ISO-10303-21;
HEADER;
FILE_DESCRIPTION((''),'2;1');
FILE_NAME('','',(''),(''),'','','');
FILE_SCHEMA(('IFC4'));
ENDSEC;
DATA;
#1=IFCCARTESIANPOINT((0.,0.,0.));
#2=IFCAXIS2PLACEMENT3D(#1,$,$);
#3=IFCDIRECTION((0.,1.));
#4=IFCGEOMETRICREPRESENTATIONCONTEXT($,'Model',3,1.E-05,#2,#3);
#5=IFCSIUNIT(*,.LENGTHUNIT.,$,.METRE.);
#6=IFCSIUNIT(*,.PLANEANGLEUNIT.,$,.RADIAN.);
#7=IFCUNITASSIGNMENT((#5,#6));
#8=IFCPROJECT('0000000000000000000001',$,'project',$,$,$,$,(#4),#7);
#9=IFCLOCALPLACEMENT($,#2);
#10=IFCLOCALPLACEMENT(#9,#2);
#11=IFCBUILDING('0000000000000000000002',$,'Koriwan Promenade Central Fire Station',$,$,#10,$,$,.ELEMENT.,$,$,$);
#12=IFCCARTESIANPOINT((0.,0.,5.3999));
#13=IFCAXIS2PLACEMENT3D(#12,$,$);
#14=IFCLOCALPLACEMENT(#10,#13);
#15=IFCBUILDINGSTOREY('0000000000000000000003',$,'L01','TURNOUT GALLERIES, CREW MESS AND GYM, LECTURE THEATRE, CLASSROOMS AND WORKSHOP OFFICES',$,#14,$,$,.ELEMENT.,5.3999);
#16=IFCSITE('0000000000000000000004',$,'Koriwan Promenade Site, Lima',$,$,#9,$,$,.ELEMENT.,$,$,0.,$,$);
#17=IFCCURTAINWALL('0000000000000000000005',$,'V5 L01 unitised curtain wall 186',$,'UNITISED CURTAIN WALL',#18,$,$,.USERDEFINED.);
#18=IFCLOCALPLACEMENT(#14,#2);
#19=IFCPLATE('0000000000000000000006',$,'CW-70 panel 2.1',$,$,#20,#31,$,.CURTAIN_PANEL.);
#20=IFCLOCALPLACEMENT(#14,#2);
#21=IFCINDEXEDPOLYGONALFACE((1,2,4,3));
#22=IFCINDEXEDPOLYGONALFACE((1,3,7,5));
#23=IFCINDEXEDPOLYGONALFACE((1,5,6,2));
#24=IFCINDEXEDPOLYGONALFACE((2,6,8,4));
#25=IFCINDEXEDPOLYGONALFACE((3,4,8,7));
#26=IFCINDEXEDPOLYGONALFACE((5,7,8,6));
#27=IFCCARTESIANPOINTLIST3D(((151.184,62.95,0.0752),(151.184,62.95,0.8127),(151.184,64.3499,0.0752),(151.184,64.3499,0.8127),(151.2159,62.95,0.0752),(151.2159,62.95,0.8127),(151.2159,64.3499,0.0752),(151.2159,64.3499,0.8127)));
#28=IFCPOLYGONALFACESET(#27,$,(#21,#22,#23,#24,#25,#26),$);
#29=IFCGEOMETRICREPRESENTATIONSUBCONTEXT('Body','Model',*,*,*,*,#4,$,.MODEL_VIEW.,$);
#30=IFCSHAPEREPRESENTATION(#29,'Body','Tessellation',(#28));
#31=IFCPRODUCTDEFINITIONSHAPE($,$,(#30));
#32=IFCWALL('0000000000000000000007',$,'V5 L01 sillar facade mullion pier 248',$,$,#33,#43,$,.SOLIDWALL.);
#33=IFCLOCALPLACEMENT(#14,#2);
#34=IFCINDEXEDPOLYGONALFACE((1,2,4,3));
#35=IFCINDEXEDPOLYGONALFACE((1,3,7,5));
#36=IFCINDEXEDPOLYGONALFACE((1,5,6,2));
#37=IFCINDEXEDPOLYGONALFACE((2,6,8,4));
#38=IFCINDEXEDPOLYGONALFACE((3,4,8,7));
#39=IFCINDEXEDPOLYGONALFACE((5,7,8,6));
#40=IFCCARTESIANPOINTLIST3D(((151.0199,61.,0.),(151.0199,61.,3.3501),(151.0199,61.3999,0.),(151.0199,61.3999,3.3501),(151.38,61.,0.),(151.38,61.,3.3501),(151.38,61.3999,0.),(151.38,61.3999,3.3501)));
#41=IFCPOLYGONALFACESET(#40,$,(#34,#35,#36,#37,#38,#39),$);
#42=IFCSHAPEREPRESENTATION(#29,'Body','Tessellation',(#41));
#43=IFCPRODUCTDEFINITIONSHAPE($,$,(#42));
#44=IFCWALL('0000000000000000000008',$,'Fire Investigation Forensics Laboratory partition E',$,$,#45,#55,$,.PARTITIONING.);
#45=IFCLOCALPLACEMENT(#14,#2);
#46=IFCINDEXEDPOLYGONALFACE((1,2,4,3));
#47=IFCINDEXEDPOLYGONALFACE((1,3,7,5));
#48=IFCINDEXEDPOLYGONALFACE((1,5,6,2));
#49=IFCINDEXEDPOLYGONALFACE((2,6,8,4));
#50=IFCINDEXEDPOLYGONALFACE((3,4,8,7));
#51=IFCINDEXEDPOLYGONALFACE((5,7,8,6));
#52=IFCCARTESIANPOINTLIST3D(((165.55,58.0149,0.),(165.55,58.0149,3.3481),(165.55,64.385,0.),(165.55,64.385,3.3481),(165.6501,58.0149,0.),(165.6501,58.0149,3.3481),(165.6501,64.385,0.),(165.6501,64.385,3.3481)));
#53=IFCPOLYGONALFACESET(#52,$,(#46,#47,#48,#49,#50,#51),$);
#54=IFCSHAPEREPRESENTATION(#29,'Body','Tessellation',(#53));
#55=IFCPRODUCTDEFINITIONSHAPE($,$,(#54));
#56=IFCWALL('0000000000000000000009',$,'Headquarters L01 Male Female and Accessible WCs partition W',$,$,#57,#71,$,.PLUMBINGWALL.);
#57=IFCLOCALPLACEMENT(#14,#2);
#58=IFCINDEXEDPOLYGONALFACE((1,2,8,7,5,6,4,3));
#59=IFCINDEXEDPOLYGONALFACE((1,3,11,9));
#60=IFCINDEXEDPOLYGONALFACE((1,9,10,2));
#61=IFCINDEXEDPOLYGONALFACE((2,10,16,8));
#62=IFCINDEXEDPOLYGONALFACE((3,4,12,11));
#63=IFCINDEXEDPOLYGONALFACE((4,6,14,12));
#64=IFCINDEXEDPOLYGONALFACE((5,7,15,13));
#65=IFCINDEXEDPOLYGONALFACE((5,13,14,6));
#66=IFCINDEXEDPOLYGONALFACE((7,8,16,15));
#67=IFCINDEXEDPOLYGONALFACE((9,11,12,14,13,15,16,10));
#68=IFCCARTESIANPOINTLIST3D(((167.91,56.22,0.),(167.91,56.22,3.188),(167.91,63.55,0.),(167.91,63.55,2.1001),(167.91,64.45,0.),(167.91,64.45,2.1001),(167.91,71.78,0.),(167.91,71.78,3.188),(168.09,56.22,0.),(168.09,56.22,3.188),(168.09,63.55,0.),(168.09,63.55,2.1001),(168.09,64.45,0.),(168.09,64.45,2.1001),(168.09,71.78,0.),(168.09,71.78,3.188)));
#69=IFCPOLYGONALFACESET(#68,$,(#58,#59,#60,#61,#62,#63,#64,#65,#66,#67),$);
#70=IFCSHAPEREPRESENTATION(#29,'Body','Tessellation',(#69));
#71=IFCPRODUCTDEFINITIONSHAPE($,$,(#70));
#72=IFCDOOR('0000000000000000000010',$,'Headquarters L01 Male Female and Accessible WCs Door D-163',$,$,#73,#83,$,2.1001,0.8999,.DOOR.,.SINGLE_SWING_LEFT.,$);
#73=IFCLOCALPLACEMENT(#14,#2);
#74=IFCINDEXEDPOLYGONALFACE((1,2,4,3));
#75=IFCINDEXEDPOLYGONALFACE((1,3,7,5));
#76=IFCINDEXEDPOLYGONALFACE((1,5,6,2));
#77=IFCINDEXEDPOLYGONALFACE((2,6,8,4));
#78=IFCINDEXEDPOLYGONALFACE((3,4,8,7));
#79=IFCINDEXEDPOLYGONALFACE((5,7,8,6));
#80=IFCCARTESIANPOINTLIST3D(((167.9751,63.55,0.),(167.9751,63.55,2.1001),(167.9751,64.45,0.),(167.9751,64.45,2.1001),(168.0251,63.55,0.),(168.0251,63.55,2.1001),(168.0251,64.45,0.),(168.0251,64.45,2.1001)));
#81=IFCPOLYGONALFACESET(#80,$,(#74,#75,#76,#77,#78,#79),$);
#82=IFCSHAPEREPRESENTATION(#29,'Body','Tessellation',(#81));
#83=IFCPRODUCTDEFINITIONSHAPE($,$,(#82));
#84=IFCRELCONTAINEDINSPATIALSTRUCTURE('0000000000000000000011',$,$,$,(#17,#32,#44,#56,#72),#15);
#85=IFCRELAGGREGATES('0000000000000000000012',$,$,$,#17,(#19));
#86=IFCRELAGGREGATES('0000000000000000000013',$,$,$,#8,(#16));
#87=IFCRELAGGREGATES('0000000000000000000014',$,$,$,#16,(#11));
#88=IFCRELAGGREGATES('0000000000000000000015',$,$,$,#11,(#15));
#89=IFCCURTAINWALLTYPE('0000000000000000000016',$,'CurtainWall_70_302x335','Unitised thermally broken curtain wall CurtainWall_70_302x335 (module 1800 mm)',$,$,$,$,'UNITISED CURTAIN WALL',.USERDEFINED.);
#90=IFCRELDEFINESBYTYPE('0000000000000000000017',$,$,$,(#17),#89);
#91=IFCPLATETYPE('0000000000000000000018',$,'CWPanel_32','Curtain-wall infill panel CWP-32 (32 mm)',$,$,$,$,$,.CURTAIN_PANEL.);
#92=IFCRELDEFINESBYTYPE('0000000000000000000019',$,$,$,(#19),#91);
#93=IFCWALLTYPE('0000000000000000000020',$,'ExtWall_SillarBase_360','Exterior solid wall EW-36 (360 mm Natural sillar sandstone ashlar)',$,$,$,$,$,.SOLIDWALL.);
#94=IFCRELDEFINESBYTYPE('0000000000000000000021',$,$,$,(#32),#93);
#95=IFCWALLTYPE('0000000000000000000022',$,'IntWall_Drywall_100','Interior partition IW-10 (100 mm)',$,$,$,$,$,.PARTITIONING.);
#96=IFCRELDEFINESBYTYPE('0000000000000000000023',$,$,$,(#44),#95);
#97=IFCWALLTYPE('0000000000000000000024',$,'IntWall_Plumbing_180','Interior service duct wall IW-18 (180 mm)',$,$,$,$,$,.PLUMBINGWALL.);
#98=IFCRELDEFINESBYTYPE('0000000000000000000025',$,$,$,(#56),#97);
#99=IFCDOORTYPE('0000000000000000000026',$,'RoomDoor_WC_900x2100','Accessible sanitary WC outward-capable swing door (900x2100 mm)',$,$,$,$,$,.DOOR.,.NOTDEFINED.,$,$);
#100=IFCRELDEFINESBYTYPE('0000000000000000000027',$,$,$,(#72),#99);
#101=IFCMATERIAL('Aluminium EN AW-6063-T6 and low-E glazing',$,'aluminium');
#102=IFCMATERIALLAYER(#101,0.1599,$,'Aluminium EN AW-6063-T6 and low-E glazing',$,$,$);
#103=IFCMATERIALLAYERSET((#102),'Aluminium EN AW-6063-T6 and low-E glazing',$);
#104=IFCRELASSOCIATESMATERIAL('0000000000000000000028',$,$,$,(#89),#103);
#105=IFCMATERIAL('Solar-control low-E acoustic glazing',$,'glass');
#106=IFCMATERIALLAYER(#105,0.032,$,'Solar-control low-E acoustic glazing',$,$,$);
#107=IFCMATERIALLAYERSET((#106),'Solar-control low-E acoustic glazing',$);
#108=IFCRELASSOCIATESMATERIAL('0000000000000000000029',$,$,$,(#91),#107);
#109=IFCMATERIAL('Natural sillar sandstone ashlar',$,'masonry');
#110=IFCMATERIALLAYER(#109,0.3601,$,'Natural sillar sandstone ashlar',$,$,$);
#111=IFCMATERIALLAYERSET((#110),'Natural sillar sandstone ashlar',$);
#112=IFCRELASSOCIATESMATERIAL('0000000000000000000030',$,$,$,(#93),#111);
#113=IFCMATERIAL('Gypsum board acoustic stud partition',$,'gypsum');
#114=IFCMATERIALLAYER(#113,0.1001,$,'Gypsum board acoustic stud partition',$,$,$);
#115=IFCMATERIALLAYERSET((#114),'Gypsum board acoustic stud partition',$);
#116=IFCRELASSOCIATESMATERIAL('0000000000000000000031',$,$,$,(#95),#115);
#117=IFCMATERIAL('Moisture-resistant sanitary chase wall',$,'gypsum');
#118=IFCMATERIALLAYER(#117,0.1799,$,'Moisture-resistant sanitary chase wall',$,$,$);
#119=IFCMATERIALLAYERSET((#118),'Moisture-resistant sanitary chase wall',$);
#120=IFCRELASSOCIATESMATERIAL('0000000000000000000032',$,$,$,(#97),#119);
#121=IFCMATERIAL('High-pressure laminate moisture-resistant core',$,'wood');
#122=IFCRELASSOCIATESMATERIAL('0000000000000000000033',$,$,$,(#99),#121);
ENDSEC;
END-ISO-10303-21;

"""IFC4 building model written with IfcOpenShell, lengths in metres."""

from ifc_helpers import new_model, si_unit, direction, frame, frame_2d, origin, origin_2d, place, context, subcontext, project, spatial, rectangle, extrude, material, layer, layer_set, type_object, element, fill, aggregate, save


model = new_model("IFC4")

# Units and contexts
model_context = context("Model", 3, precision=1e-05, world=origin(), true_north=direction((0.0, 1.0)))
body_context = subcontext(model_context, "Body", "Model", "MODEL_VIEW")
ifc_project = project(units=[si_unit("LENGTHUNIT", "METRE"), si_unit("PLANEANGLEUNIT", "RADIAN")], contexts=[model_context])

# Site, building, storey
site_placement = place(None, origin())
site = spatial("IfcSite", under=ifc_project, at=site_placement, Name="Koriwan Promenade Site, Lima", CompositionType="ELEMENT", RefElevation=0.0)
building_placement = place(site_placement, origin())
building = spatial("IfcBuilding", under=site, at=building_placement, Name="Koriwan Promenade Central Fire Station", CompositionType="ELEMENT")
storey_placement = place(building_placement, frame((0.0, 0.0, 5.3999)))
storey = spatial("IfcBuildingStorey", under=building, at=storey_placement, Name="L01", Description="TURNOUT GALLERIES, CREW MESS AND GYM, LECTURE THEATRE, CLASSROOMS AND WORKSHOP OFFICES", CompositionType="ELEMENT", Elevation=5.3999)

# Shared definitions
ifc_material_1 = material(Name="Aluminium EN AW-6063-T6 and low-E glazing", Category="aluminium")

# Curtain wall
ifc_layer_1 = layer(ifc_material_1, 0.1599, Name="Aluminium EN AW-6063-T6 and low-E glazing")
ifc_layer_set_1 = layer_set([ifc_layer_1], Name="Aluminium EN AW-6063-T6 and low-E glazing")
curtain_wall_type_1 = type_object("IfcCurtainWallType", Name="CurtainWall_70_302x335", Description="Unitised thermally broken curtain wall CurtainWall_70_302x335 (module 1800 mm)", ElementType="UNITISED CURTAIN WALL", PredefinedType="USERDEFINED", material=ifc_layer_set_1)
curtain_wall_1_placement = place(storey_placement, origin())
curtain_wall_1 = element("IfcCurtainWall", 1, at=curtain_wall_1_placement, inside=storey, type_object=curtain_wall_type_1, Name="V5 L01 unitised curtain wall 186", ObjectType="UNITISED CURTAIN WALL", PredefinedType="USERDEFINED")

# Plate
ifc_material_2 = material(Name="Solar-control low-E acoustic glazing", Category="glass")
ifc_layer_2 = layer(ifc_material_2, 0.032, Name="Solar-control low-E acoustic glazing")
ifc_layer_set_2 = layer_set([ifc_layer_2], Name="Solar-control low-E acoustic glazing")
plate_type = type_object("IfcPlateType", Name="CWPanel_32", Description="Curtain-wall infill panel CWP-32 (32 mm)", PredefinedType="CURTAIN_PANEL", material=ifc_layer_set_2)
plate_1_placement = place(storey_placement, frame((151.2, 63.6499, 0.0752), z_axis=(0.0, 0.0, 1.0), x_axis=(0.0, 1.0, 0.0)))
plate_1 = element("IfcPlate", 2, at=plate_1_placement, type_object=plate_type, Name="CW-70 panel 2.1", PredefinedType="CURTAIN_PANEL", context=body_context, shape_type="SweptSolid", body=[
    extrude(rectangle(XDim=1.3999, YDim=0.032, at=origin_2d()), origin(), (0.0, 0.0, 1.0), 0.7375),
])
aggregate(curtain_wall_1, [plate_1])

# Walls
ifc_material_3 = material(Name="Natural sillar sandstone ashlar", Category="masonry")
ifc_layer_3 = layer(ifc_material_3, 0.3601, Name="Natural sillar sandstone ashlar")
ifc_layer_set_3 = layer_set([ifc_layer_3], Name="Natural sillar sandstone ashlar")
wall_type_1 = type_object("IfcWallType", Name="ExtWall_SillarBase_360", Description="Exterior solid wall EW-36 (360 mm Natural sillar sandstone ashlar)", PredefinedType="SOLIDWALL", material=ifc_layer_set_3)
wall_1_placement = place(storey_placement, frame((151.2, 61.0, 0.0), z_axis=(0.0, 0.0, 1.0), x_axis=(0.0, 1.0, 0.0)))
element("IfcWall", 3, at=wall_1_placement, inside=storey, type_object=wall_type_1, Name="V5 L01 sillar facade mullion pier 248", PredefinedType="SOLIDWALL", context=body_context, shape_type="SweptSolid", body=[
    extrude(rectangle(XDim=0.3999, YDim=0.3601, at=frame_2d((0.2, 0.0))), origin(), (0.0, 0.0, 1.0), 3.3501),
])
ifc_material_4 = material(Name="Gypsum board acoustic stud partition", Category="gypsum")
ifc_layer_4 = layer(ifc_material_4, 0.1001, Name="Gypsum board acoustic stud partition")
ifc_layer_set_4 = layer_set([ifc_layer_4], Name="Gypsum board acoustic stud partition")
wall_type_2 = type_object("IfcWallType", Name="IntWall_Drywall_100", Description="Interior partition IW-10 (100 mm)", PredefinedType="PARTITIONING", material=ifc_layer_set_4)
wall_2_placement = place(storey_placement, frame((165.6001, 58.0149, 0.0), z_axis=(0.0, 0.0, 1.0), x_axis=(0.0, 1.0, 0.0)))
element("IfcWall", 4, at=wall_2_placement, inside=storey, type_object=wall_type_2, Name="Fire Investigation Forensics Laboratory partition E", PredefinedType="PARTITIONING", context=body_context, shape_type="SweptSolid", body=[
    extrude(rectangle(XDim=6.3701, YDim=0.1001, at=frame_2d((3.1851, 0.0))), origin(), (0.0, 0.0, 1.0), 3.3481),
])

# Wall, opening, door
ifc_material_5 = material(Name="Moisture-resistant sanitary chase wall", Category="gypsum")
ifc_layer_5 = layer(ifc_material_5, 0.1799, Name="Moisture-resistant sanitary chase wall")
ifc_layer_set_5 = layer_set([ifc_layer_5], Name="Moisture-resistant sanitary chase wall")
wall_type_3 = type_object("IfcWallType", Name="IntWall_Plumbing_180", Description="Interior service duct wall IW-18 (180 mm)", PredefinedType="PLUMBINGWALL", material=ifc_layer_set_5)
wall_3_placement = place(storey_placement, frame((168.0, 56.22, 0.0), z_axis=(0.0, 0.0, 1.0), x_axis=(0.0, 1.0, 0.0)))
wall_3 = element("IfcWall", 5, at=wall_3_placement, inside=storey, type_object=wall_type_3, Name="Headquarters L01 Male Female and Accessible WCs partition W", PredefinedType="PLUMBINGWALL", context=body_context, shape_type="SweptSolid", body=[
    extrude(rectangle(XDim=15.5601, YDim=0.1799, at=frame_2d((7.78, 0.0))), origin(), (0.0, 0.0, 1.0), 3.188),
])
opening_placement = place(wall_3_placement, frame((7.3301, 0.0, 0.0)))
opening = element("IfcOpeningElement", 6, at=opening_placement, cuts=wall_3, PredefinedType="OPENING", context=body_context, shape_type="SweptSolid", body=[
    extrude(rectangle(XDim=0.8999, YDim=2.1001, at=frame_2d((0.45, 1.05))), frame((0.0, 0.1021, 0.0), z_axis=(0.0, -1.0, 0.0), x_axis=(1.0, 0.0, 0.0)), (0.0, 0.0, 1.0), 0.2039),
])
ifc_material_6 = material(Name="High-pressure laminate moisture-resistant core", Category="wood")
door_type = type_object("IfcDoorType", Name="RoomDoor_WC_900x2100", Description="Accessible sanitary WC outward-capable swing door (900x2100 mm)", OperationType="NOTDEFINED", PredefinedType="DOOR", material=ifc_material_6)
door_placement = place(opening_placement, origin())
door = element("IfcDoor", 7, at=door_placement, inside=storey, type_object=door_type, Name="Headquarters L01 Male Female and Accessible WCs Door D-163", OperationType="SINGLE_SWING_LEFT", OverallHeight=2.1001, OverallWidth=0.8999, PredefinedType="DOOR", context=body_context, shape_type="SweptSolid", body=[
    extrude(rectangle(XDim=0.8999, YDim=2.1001, at=frame_2d((0.45, 1.05))), frame((0.0, 0.0249, 0.0), z_axis=(0.0, -1.0, 0.0), x_axis=(1.0, 0.0, 0.0)), (0.0, 0.0, 1.0), 0.05),
])
fill(opening, door)

save(model, "model.ifc")
